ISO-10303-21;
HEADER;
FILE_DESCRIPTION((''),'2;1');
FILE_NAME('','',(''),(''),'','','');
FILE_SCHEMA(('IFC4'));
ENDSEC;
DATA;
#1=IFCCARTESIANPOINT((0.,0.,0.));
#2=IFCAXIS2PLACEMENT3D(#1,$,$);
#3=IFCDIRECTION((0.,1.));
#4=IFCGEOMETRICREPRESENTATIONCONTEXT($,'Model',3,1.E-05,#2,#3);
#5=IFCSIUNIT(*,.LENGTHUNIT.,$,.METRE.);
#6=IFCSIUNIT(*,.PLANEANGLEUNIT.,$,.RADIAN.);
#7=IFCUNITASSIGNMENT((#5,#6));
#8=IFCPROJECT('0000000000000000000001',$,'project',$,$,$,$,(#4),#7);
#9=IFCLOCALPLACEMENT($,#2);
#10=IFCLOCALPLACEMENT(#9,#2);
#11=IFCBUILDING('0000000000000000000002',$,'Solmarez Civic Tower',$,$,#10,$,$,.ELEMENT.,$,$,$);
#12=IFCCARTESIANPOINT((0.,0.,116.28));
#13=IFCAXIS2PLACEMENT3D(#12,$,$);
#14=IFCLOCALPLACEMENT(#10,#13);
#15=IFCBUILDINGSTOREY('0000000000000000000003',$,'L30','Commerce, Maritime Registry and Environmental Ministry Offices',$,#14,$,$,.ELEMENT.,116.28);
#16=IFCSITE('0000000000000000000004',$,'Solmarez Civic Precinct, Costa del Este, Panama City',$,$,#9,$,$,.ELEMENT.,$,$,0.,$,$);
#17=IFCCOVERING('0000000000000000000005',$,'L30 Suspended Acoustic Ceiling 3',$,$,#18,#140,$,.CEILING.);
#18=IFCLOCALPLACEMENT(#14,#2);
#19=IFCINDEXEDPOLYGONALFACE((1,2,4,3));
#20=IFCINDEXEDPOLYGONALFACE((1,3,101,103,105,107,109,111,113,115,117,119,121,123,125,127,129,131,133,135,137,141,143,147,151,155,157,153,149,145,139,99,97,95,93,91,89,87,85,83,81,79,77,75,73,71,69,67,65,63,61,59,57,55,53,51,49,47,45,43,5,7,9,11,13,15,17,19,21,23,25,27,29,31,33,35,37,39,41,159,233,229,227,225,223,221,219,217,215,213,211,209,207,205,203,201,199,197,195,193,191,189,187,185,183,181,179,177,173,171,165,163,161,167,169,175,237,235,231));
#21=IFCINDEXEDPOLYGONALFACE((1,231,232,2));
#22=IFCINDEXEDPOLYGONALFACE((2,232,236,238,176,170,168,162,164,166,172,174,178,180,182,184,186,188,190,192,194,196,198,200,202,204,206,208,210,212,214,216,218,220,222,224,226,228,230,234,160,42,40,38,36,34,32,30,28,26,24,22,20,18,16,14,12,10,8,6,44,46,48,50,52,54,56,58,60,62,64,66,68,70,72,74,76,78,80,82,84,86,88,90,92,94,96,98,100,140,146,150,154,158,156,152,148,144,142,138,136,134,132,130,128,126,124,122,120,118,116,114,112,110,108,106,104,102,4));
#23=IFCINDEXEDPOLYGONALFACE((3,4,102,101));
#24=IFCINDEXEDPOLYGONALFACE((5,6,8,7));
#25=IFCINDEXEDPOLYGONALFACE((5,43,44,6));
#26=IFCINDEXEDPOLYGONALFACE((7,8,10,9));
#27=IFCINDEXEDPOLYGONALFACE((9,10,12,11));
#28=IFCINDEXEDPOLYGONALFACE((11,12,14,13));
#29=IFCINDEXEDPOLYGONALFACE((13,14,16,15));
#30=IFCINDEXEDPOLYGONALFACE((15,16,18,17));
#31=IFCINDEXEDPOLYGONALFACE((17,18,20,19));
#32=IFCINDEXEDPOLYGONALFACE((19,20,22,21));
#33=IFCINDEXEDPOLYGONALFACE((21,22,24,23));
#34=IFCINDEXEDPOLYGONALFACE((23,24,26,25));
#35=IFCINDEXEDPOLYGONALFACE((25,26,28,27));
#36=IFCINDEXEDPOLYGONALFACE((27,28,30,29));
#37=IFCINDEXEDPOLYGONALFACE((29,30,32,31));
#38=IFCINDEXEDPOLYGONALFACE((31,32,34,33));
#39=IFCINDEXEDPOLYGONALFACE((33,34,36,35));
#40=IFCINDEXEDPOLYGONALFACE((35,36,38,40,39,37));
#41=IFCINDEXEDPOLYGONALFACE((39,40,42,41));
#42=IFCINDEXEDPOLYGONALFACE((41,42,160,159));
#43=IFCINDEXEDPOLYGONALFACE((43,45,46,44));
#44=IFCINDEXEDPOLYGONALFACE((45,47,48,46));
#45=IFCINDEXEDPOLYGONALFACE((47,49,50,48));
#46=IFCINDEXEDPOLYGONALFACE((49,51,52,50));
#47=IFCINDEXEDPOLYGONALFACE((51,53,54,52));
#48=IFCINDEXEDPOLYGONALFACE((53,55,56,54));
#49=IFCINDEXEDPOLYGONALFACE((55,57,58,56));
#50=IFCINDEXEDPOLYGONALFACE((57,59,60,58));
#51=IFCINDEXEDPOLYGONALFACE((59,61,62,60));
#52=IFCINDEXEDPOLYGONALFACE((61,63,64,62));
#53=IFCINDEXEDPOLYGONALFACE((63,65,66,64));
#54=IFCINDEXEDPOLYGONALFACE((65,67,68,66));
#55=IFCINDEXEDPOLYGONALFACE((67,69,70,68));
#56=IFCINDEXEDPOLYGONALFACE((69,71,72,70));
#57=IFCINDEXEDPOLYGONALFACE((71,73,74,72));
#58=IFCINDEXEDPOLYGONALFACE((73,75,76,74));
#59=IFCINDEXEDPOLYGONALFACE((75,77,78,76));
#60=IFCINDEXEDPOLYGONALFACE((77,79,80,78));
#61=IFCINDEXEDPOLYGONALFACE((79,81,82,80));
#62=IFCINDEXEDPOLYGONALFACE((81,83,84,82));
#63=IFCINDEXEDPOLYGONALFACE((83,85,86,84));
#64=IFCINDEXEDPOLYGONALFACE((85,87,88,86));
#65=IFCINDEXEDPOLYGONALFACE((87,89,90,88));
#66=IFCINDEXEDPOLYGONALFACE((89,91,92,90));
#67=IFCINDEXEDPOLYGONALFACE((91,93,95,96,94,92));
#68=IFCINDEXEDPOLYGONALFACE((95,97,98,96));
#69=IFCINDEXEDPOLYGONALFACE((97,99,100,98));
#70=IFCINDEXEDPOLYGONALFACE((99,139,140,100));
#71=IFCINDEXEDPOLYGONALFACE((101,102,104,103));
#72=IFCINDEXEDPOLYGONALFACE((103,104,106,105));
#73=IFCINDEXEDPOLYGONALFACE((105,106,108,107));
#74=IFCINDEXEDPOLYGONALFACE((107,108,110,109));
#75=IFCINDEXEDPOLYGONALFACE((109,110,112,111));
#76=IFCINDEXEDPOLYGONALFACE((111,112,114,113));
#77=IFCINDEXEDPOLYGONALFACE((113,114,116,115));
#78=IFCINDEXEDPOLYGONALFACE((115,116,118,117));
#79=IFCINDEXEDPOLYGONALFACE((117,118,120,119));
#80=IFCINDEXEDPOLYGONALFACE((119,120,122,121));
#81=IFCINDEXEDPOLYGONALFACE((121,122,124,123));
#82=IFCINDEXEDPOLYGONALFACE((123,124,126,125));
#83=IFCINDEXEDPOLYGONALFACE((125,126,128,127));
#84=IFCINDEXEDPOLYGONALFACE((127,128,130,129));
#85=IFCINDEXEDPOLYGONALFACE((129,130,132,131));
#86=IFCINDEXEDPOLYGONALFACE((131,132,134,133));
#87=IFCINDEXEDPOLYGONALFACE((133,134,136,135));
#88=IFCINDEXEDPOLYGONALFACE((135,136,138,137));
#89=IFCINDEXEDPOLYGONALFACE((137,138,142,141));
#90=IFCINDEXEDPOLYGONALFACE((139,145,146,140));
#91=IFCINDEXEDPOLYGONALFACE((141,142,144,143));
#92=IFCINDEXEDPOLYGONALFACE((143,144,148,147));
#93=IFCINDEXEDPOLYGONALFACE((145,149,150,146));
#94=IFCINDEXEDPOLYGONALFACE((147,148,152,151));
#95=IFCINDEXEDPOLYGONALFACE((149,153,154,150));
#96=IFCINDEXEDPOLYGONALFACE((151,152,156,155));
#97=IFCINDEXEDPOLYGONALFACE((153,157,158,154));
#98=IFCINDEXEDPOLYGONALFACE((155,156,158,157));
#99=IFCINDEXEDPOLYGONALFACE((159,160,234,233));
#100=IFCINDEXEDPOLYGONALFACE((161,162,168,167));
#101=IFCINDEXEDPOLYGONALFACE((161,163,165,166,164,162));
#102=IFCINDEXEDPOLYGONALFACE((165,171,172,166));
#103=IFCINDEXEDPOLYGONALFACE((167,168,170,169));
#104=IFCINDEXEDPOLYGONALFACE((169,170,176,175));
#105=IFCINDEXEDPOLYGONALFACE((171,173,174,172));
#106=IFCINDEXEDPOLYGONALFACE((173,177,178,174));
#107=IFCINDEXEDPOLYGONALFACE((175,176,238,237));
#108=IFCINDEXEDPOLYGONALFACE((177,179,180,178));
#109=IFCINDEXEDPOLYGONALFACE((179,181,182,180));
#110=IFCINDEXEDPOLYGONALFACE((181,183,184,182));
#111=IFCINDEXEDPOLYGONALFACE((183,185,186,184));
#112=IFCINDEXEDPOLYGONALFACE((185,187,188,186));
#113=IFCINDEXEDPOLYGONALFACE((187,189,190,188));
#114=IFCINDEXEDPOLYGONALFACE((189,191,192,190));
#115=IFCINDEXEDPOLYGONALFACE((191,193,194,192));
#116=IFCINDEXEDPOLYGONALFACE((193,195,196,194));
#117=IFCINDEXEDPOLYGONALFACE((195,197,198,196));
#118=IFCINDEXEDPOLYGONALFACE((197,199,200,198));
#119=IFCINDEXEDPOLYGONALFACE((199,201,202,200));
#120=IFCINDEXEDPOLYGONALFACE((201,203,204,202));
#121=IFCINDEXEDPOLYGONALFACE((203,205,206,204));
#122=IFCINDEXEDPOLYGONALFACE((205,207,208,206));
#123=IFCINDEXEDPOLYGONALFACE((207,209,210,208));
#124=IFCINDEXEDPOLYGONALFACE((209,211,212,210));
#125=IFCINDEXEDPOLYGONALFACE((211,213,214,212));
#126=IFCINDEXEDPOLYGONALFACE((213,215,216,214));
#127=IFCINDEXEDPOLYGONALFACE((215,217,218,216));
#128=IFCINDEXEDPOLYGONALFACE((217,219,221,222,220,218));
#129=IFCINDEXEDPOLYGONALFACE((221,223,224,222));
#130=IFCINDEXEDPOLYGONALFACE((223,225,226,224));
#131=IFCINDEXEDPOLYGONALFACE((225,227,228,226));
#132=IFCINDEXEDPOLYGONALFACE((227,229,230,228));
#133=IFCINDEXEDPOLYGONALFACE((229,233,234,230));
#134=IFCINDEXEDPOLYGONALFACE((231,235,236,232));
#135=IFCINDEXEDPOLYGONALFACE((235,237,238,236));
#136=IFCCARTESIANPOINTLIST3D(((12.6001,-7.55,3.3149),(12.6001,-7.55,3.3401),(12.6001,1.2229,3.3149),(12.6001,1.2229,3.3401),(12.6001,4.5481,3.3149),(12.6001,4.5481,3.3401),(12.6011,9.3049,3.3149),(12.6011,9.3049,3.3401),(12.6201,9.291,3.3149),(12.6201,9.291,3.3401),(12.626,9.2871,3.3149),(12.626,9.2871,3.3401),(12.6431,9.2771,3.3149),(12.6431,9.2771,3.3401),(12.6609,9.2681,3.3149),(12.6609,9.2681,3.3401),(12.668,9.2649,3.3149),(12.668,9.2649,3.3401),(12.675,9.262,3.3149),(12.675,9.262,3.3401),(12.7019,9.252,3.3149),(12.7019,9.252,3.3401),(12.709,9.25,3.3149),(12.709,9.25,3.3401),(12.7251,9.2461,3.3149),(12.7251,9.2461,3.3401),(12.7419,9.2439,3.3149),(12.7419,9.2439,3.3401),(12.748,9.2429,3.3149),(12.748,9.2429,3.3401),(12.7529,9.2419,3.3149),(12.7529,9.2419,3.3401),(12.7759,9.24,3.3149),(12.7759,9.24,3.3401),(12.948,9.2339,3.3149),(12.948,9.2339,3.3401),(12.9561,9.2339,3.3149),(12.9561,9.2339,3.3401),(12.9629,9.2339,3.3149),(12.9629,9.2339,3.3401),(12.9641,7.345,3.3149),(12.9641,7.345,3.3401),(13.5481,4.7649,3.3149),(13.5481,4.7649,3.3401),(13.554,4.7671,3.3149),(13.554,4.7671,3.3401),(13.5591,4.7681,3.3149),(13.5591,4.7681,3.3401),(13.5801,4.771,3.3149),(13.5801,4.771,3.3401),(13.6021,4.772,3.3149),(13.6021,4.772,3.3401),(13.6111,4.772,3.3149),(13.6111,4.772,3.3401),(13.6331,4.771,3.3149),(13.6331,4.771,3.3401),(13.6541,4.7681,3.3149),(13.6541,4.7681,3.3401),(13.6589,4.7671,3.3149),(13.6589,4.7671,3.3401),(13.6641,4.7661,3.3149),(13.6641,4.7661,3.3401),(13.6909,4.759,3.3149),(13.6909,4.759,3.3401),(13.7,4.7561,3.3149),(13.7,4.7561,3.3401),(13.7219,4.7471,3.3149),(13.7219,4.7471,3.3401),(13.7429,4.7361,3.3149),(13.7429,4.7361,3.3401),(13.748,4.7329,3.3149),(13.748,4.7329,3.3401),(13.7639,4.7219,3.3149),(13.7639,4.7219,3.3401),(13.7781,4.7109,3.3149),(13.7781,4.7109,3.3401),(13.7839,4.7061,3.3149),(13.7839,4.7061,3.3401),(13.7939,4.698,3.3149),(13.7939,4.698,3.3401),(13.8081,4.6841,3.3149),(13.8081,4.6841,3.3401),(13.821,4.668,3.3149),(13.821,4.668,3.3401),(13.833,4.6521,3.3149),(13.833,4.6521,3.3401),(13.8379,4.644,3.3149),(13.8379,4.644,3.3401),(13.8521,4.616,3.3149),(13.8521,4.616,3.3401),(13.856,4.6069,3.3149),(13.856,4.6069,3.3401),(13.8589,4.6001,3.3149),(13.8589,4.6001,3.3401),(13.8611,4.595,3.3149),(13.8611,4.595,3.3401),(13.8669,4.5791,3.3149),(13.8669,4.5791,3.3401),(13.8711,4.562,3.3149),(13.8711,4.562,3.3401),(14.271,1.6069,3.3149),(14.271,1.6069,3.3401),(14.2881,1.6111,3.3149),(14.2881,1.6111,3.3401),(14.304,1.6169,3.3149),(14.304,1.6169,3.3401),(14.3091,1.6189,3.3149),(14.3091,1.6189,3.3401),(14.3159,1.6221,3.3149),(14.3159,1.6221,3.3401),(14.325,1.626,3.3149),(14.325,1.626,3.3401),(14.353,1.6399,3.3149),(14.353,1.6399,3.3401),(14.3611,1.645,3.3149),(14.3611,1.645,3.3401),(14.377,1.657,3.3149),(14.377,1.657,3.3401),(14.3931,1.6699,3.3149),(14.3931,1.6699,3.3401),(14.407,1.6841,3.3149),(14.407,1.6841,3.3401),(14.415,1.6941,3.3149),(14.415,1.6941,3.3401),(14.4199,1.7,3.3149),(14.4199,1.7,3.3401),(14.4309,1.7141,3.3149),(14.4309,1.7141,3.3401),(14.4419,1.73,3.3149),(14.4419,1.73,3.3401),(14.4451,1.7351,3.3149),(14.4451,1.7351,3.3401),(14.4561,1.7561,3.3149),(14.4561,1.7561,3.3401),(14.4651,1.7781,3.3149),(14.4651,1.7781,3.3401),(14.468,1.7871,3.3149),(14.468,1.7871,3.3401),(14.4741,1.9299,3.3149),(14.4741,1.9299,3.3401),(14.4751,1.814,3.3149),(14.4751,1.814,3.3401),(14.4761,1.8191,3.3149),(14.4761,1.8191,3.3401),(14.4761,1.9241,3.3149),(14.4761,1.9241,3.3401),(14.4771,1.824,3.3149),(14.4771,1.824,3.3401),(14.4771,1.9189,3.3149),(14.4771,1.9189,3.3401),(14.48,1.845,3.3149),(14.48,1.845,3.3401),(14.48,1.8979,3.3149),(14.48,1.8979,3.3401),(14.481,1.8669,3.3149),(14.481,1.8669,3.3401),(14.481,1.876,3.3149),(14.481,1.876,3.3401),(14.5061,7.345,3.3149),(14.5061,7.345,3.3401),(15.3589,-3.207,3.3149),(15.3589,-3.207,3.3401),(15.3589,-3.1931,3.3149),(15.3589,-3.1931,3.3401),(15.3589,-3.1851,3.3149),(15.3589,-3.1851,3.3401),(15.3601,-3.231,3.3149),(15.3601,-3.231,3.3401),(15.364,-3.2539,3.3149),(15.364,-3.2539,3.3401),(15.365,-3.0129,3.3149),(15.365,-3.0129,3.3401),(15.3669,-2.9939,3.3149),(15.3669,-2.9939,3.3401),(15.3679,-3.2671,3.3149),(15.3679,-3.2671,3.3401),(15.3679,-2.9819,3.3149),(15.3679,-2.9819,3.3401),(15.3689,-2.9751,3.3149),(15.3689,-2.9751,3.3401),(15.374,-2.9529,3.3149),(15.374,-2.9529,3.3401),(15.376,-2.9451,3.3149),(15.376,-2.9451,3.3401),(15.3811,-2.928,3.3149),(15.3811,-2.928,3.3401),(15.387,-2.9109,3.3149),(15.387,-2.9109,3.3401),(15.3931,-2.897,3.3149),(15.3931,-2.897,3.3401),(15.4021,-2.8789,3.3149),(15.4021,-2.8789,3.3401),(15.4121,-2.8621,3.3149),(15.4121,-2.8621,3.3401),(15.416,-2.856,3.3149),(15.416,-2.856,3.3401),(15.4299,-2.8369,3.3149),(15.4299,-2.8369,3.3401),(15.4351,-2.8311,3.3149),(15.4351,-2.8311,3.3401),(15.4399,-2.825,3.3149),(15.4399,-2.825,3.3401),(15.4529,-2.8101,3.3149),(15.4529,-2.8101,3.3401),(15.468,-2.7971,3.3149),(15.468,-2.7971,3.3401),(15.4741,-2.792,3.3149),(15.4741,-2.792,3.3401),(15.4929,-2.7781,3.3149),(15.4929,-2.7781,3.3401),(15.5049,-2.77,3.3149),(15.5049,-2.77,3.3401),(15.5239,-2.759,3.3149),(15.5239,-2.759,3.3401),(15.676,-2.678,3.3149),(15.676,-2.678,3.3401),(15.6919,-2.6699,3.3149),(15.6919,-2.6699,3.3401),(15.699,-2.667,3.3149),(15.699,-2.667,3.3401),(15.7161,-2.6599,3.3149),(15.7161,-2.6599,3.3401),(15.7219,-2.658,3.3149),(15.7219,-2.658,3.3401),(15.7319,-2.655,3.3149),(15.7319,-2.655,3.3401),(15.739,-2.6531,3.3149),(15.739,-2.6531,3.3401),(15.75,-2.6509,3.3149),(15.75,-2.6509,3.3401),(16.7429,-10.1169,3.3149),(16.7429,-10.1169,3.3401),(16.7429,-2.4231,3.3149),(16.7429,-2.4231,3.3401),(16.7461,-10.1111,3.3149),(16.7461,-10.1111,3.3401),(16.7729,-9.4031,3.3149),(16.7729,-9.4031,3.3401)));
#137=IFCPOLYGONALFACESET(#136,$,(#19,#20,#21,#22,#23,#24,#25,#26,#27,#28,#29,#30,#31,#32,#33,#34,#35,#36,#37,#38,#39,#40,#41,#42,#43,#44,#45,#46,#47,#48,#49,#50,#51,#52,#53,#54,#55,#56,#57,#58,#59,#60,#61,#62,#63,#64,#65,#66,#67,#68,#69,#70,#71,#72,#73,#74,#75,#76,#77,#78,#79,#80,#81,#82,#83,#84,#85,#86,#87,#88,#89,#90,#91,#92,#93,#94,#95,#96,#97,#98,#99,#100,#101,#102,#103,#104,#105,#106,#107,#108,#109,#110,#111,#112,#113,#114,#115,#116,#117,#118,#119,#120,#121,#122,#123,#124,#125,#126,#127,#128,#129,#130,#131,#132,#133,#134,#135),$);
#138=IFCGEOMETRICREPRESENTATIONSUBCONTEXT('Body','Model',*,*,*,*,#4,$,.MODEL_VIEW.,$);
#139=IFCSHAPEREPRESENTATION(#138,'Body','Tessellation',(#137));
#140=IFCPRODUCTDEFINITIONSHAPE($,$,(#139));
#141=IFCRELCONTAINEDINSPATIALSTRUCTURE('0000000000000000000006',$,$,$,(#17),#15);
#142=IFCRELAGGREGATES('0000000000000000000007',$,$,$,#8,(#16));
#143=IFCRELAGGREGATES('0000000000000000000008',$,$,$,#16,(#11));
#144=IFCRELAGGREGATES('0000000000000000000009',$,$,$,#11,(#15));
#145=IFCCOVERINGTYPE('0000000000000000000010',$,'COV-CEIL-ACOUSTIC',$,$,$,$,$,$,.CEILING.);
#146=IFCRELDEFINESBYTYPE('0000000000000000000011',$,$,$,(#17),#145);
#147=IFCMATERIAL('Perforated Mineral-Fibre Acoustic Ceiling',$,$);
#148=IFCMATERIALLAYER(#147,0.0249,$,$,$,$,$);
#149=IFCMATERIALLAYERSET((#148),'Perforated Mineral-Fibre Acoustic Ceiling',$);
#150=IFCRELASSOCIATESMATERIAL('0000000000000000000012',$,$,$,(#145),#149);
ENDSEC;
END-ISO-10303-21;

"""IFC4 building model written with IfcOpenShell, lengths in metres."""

from ifc_helpers import new_model, si_unit, direction, frame, origin, place, context, subcontext, project, spatial, polyline, outline, extrude, material, layer, layer_set, type_object, element, save


model = new_model("IFC4")

# Units and contexts
model_context = context("Model", 3, precision=1e-05, world=origin(), true_north=direction((0.0, 1.0)))
body_context = subcontext(model_context, "Body", "Model", "MODEL_VIEW")
ifc_project = project(units=[si_unit("LENGTHUNIT", "METRE"), si_unit("PLANEANGLEUNIT", "RADIAN")], contexts=[model_context])

# Site, building, storey
site_placement = place(None, origin())
site = spatial("IfcSite", under=ifc_project, at=site_placement, Name="Solmarez Civic Precinct, Costa del Este, Panama City", CompositionType="ELEMENT", RefElevation=0.0)
building_placement = place(site_placement, origin())
building = spatial("IfcBuilding", under=site, at=building_placement, Name="Solmarez Civic Tower", CompositionType="ELEMENT")
storey_placement = place(building_placement, frame((0.0, 0.0, 116.28)))
storey = spatial("IfcBuildingStorey", under=building, at=storey_placement, Name="L30", Description="Commerce, Maritime Registry and Environmental Ministry Offices", CompositionType="ELEMENT", Elevation=116.28)

# Covering
ifc_material_1 = material(Name="Perforated Mineral-Fibre Acoustic Ceiling")
ifc_layer_1 = layer(ifc_material_1, 0.0249)
ifc_layer_set_1 = layer_set([ifc_layer_1], Name="Perforated Mineral-Fibre Acoustic Ceiling")
covering_type_1 = type_object("IfcCoveringType", Name="COV-CEIL-ACOUSTIC", PredefinedType="CEILING", material=ifc_layer_set_1)
covering_1_placement = place(storey_placement, frame((0.0, 0.0, 3.3149)))
element("IfcCovering", 1, at=covering_1_placement, inside=storey, type_object=covering_type_1, Name="L30 Suspended Acoustic Ceiling 3", PredefinedType="CEILING", context=body_context, shape_type="SweptSolid", body=[
    extrude(outline(polyline([(12.6001, 4.5481), (13.5481, 4.7649), (13.554, 4.7671), (13.5591, 4.7681), (13.5801, 4.771), (13.6021, 4.772), (13.6111, 4.772), (13.6331, 4.771), (13.6541, 4.7681), (13.6589, 4.7671), (13.6641, 4.7661), (13.6909, 4.759), (13.7, 4.7561), (13.7219, 4.7471), (13.7429, 4.7361), (13.748, 4.7329), (13.7639, 4.7219), (13.7781, 4.7109), (13.7839, 4.7061), (13.7939, 4.698), (13.8081, 4.6841), (13.821, 4.668), (13.833, 4.6521), (13.8379, 4.644), (13.8521, 4.616), (13.856, 4.6069), (13.8589, 4.6001), (13.8611, 4.595), (13.8669, 4.5791), (13.8711, 4.562), (14.4741, 1.9299), (14.4761, 1.9241), (14.4771, 1.9189), (14.48, 1.8979), (14.481, 1.876), (14.481, 1.8669), (14.48, 1.845), (14.4771, 1.824), (14.4761, 1.8191), (14.4751, 1.814), (14.468, 1.7871), (14.4651, 1.7781), (14.4561, 1.7561), (14.4451, 1.7351), (14.4419, 1.73), (14.4309, 1.7141), (14.4199, 1.7), (14.415, 1.6941), (14.407, 1.6841), (14.3931, 1.6699), (14.377, 1.657), (14.3611, 1.645), (14.353, 1.6399), (14.325, 1.626), (14.3159, 1.6221), (14.3091, 1.6189), (14.304, 1.6169), (14.2881, 1.6111), (14.271, 1.6069), (12.6001, 1.2229), (12.6001, -7.55), (16.7429, -10.1169), (16.7461, -10.1111), (16.7729, -9.4031), (15.3679, -3.2671), (15.364, -3.2539), (15.3601, -3.231), (15.3589, -3.207), (15.3589, -3.1931), (15.3589, -3.1851), (15.365, -3.0129), (15.3669, -2.9939), (15.3679, -2.9819), (15.3689, -2.9751), (15.374, -2.9529), (15.376, -2.9451), (15.3811, -2.928), (15.387, -2.9109), (15.3931, -2.897), (15.4021, -2.8789), (15.4121, -2.8621), (15.416, -2.856), (15.4299, -2.8369), (15.4351, -2.8311), (15.4399, -2.825), (15.4529, -2.8101), (15.468, -2.7971), (15.4741, -2.792), (15.4929, -2.7781), (15.5049, -2.77), (15.5239, -2.759), (15.676, -2.678), (15.6919, -2.6699), (15.699, -2.667), (15.7161, -2.6599), (15.7219, -2.658), (15.7319, -2.655), (15.739, -2.6531), (15.75, -2.6509), (16.7429, -2.4231), (14.5061, 7.345), (12.9641, 7.345), (12.9629, 9.2339), (12.9561, 9.2339), (12.948, 9.2339), (12.7759, 9.24), (12.7529, 9.2419), (12.748, 9.2429), (12.7419, 9.2439), (12.7251, 9.2461), (12.709, 9.25), (12.7019, 9.252), (12.675, 9.262), (12.668, 9.2649), (12.6609, 9.2681), (12.6431, 9.2771), (12.626, 9.2871), (12.6201, 9.291), (12.6011, 9.3049), (12.6001, 4.5481)])), origin(), (0.0, 0.0, 1.0), 0.0251),
])

save(model, "model.ifc")
